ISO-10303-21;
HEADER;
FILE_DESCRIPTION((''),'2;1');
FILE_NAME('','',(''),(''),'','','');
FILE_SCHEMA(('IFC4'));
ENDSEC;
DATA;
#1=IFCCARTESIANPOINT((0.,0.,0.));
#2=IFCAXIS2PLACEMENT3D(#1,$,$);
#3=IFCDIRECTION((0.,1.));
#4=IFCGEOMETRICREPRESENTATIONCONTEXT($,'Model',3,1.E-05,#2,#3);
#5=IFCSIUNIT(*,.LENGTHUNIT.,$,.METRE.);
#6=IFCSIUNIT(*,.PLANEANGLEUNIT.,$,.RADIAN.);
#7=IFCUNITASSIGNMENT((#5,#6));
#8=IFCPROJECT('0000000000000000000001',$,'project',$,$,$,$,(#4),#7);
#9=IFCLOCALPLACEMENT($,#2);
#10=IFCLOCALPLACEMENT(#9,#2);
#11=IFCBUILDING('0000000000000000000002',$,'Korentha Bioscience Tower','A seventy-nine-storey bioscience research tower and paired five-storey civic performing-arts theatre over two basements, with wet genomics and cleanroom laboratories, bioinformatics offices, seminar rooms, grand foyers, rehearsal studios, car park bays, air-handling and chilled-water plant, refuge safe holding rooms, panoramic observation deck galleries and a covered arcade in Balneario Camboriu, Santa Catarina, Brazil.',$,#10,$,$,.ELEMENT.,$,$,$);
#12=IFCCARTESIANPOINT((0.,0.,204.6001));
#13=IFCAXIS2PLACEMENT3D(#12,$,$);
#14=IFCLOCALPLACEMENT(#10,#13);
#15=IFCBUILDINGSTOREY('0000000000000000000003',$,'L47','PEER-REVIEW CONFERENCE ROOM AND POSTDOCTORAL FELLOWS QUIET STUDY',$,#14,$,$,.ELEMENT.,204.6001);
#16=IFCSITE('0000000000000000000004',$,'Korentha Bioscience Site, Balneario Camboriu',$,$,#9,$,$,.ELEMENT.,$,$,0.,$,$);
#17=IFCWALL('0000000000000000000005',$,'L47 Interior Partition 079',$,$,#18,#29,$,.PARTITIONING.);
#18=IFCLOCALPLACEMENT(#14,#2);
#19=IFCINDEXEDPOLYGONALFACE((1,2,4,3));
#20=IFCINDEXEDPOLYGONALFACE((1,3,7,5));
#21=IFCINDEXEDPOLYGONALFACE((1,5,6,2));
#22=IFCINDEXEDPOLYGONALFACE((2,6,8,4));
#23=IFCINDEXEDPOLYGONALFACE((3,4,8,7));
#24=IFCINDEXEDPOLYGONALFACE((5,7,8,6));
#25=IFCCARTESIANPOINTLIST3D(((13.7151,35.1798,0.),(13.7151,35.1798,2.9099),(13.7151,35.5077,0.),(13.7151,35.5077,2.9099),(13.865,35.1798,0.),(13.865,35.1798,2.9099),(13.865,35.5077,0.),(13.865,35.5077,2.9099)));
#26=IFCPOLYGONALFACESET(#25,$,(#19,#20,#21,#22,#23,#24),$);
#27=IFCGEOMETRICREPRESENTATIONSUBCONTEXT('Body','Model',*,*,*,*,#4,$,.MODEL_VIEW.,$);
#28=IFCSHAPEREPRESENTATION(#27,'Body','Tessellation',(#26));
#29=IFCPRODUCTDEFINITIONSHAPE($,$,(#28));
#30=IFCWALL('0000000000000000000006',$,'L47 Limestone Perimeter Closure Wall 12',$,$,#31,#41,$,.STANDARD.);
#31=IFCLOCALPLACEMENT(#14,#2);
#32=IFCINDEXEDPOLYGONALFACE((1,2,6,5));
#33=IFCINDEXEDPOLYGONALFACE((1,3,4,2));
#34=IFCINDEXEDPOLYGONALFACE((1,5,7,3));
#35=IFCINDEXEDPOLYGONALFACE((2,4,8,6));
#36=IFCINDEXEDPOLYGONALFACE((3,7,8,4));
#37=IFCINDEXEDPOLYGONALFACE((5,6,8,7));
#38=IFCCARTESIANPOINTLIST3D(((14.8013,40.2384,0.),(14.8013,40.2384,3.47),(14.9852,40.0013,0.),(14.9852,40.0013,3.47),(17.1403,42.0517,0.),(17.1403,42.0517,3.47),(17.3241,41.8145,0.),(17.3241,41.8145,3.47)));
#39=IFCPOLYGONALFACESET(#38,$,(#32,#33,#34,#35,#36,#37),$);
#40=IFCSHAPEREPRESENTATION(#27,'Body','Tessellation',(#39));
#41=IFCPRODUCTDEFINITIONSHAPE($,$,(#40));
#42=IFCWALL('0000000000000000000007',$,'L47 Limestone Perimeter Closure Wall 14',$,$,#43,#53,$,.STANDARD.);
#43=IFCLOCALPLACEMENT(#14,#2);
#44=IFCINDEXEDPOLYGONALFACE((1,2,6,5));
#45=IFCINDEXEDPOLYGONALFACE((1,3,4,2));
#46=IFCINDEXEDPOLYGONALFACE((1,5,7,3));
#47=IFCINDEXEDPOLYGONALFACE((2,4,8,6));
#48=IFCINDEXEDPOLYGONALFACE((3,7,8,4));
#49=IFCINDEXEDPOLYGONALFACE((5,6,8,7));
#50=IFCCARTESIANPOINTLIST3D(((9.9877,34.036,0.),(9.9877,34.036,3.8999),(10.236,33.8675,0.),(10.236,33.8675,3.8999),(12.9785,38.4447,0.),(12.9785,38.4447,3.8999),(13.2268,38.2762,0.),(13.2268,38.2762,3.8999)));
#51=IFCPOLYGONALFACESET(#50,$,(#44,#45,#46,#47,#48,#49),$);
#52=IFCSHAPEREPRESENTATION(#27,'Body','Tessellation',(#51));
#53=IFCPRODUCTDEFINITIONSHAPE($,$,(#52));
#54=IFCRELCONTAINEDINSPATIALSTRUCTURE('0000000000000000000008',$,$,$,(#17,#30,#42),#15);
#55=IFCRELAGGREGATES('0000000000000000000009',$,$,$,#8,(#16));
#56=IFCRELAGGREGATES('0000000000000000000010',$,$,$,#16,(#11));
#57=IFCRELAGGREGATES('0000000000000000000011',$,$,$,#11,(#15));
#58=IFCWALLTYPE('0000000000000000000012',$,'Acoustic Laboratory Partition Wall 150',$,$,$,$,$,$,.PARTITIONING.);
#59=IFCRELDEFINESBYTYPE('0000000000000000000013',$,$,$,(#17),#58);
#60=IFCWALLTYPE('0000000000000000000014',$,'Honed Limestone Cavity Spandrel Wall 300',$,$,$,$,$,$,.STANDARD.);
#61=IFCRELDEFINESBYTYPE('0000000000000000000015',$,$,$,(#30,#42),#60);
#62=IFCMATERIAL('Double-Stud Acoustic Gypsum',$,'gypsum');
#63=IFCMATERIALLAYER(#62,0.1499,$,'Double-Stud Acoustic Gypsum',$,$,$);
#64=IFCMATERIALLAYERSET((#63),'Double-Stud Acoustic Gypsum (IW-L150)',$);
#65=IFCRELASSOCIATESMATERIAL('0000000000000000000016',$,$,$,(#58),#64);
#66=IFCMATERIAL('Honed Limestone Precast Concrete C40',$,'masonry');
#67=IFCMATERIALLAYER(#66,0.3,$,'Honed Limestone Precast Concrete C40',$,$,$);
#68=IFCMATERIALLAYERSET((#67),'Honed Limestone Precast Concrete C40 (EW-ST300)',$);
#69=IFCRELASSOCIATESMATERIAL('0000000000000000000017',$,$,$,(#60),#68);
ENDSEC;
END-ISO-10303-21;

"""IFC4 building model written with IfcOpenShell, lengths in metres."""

from ifc_helpers import new_model, si_unit, direction, frame, frame_2d, origin, place, context, subcontext, project, spatial, rectangle, extrude, material, layer, layer_set, type_object, element, save


model = new_model("IFC4")

# Units and contexts
model_context = context("Model", 3, precision=1e-05, world=origin(), true_north=direction((0.0, 1.0)))
body_context = subcontext(model_context, "Body", "Model", "MODEL_VIEW")
ifc_project = project(units=[si_unit("LENGTHUNIT", "METRE"), si_unit("PLANEANGLEUNIT", "RADIAN")], contexts=[model_context])

# Site, building, storey
site_placement = place(None, origin())
site = spatial("IfcSite", under=ifc_project, at=site_placement, Name="Korentha Bioscience Site, Balneario Camboriu", CompositionType="ELEMENT", RefElevation=0.0)
building_placement = place(site_placement, origin())
building = spatial("IfcBuilding", under=site, at=building_placement, Name="Korentha Bioscience Tower", Description="A seventy-nine-storey bioscience research tower and paired five-storey civic performing-arts theatre over two basements, with wet genomics and cleanroom laboratories, bioinformatics offices, seminar rooms, grand foyers, rehearsal studios, car park bays, air-handling and chilled-water plant, refuge safe holding rooms, panoramic observation deck galleries and a covered arcade in Balneario Camboriu, Santa Catarina, Brazil.", CompositionType="ELEMENT")
storey_placement = place(building_placement, frame((0.0, 0.0, 204.6001)))
storey = spatial("IfcBuildingStorey", under=building, at=storey_placement, Name="L47", Description="PEER-REVIEW CONFERENCE ROOM AND POSTDOCTORAL FELLOWS QUIET STUDY", CompositionType="ELEMENT", Elevation=204.6001)

# Shared definitions
ifc_material_1 = material(Name="Double-Stud Acoustic Gypsum", Category="gypsum")
ifc_layer_1 = layer(ifc_material_1, 0.1499, Name="Double-Stud Acoustic Gypsum")
ifc_layer_set_1 = layer_set([ifc_layer_1], Name="Double-Stud Acoustic Gypsum (IW-L150)")
wall_type_1 = type_object("IfcWallType", Name="Acoustic Laboratory Partition Wall 150", PredefinedType="PARTITIONING", material=ifc_layer_set_1)

# Walls
wall_1_placement = place(storey_placement, frame((13.79, 35.5078, 0.0), z_axis=(0.0, 0.0, 1.0), x_axis=(0.0, -1.0, 0.0)))
element("IfcWall", 1, at=wall_1_placement, inside=storey, type_object=wall_type_1, Name="L47 Interior Partition 079", PredefinedType="PARTITIONING", context=body_context, shape_type="SweptSolid", body=[
    extrude(rectangle(XDim=0.3279, YDim=0.1499, at=frame_2d((0.1641, 0.0))), origin(), (0.0, 0.0, 1.0), 2.9099),
])
ifc_material_2 = material(Name="Honed Limestone Precast Concrete C40", Category="masonry")
ifc_layer_2 = layer(ifc_material_2, 0.3, Name="Honed Limestone Precast Concrete C40")
ifc_layer_set_2 = layer_set([ifc_layer_2], Name="Honed Limestone Precast Concrete C40 (EW-ST300)")
wall_type_2 = type_object("IfcWallType", Name="Honed Limestone Cavity Spandrel Wall 300", PredefinedType="STANDARD", material=ifc_layer_set_2)
wall_2_placement = place(storey_placement, frame((17.2322, 41.9331, 0.0), z_axis=(0.0, 0.0, 1.0), x_axis=(-0.790315, -0.612701, 0.0)))
element("IfcWall", 2, at=wall_2_placement, inside=storey, type_object=wall_type_2, Name="L47 Limestone Perimeter Closure Wall 12", PredefinedType="STANDARD", context=body_context, shape_type="SweptSolid", body=[
    extrude(rectangle(XDim=2.9595, YDim=0.3, at=frame_2d((1.4797, 0.0))), origin(), (0.0, 0.0, 1.0), 3.47),
])
wall_3_placement = place(storey_placement, frame((13.1025, 38.3604, 0.0), z_axis=(0.0, 0.0, 1.0), x_axis=(-0.561387, -0.827553, 0.0)))
element("IfcWall", 3, at=wall_3_placement, inside=storey, type_object=wall_type_2, Name="L47 Limestone Perimeter Closure Wall 14", PredefinedType="STANDARD", context=body_context, shape_type="SweptSolid", body=[
    extrude(rectangle(XDim=5.3274, YDim=0.3, at=frame_2d((2.6636, 0.0))), origin(), (0.0, 0.0, 1.0), 3.8999),
])

save(model, "model.ifc")
